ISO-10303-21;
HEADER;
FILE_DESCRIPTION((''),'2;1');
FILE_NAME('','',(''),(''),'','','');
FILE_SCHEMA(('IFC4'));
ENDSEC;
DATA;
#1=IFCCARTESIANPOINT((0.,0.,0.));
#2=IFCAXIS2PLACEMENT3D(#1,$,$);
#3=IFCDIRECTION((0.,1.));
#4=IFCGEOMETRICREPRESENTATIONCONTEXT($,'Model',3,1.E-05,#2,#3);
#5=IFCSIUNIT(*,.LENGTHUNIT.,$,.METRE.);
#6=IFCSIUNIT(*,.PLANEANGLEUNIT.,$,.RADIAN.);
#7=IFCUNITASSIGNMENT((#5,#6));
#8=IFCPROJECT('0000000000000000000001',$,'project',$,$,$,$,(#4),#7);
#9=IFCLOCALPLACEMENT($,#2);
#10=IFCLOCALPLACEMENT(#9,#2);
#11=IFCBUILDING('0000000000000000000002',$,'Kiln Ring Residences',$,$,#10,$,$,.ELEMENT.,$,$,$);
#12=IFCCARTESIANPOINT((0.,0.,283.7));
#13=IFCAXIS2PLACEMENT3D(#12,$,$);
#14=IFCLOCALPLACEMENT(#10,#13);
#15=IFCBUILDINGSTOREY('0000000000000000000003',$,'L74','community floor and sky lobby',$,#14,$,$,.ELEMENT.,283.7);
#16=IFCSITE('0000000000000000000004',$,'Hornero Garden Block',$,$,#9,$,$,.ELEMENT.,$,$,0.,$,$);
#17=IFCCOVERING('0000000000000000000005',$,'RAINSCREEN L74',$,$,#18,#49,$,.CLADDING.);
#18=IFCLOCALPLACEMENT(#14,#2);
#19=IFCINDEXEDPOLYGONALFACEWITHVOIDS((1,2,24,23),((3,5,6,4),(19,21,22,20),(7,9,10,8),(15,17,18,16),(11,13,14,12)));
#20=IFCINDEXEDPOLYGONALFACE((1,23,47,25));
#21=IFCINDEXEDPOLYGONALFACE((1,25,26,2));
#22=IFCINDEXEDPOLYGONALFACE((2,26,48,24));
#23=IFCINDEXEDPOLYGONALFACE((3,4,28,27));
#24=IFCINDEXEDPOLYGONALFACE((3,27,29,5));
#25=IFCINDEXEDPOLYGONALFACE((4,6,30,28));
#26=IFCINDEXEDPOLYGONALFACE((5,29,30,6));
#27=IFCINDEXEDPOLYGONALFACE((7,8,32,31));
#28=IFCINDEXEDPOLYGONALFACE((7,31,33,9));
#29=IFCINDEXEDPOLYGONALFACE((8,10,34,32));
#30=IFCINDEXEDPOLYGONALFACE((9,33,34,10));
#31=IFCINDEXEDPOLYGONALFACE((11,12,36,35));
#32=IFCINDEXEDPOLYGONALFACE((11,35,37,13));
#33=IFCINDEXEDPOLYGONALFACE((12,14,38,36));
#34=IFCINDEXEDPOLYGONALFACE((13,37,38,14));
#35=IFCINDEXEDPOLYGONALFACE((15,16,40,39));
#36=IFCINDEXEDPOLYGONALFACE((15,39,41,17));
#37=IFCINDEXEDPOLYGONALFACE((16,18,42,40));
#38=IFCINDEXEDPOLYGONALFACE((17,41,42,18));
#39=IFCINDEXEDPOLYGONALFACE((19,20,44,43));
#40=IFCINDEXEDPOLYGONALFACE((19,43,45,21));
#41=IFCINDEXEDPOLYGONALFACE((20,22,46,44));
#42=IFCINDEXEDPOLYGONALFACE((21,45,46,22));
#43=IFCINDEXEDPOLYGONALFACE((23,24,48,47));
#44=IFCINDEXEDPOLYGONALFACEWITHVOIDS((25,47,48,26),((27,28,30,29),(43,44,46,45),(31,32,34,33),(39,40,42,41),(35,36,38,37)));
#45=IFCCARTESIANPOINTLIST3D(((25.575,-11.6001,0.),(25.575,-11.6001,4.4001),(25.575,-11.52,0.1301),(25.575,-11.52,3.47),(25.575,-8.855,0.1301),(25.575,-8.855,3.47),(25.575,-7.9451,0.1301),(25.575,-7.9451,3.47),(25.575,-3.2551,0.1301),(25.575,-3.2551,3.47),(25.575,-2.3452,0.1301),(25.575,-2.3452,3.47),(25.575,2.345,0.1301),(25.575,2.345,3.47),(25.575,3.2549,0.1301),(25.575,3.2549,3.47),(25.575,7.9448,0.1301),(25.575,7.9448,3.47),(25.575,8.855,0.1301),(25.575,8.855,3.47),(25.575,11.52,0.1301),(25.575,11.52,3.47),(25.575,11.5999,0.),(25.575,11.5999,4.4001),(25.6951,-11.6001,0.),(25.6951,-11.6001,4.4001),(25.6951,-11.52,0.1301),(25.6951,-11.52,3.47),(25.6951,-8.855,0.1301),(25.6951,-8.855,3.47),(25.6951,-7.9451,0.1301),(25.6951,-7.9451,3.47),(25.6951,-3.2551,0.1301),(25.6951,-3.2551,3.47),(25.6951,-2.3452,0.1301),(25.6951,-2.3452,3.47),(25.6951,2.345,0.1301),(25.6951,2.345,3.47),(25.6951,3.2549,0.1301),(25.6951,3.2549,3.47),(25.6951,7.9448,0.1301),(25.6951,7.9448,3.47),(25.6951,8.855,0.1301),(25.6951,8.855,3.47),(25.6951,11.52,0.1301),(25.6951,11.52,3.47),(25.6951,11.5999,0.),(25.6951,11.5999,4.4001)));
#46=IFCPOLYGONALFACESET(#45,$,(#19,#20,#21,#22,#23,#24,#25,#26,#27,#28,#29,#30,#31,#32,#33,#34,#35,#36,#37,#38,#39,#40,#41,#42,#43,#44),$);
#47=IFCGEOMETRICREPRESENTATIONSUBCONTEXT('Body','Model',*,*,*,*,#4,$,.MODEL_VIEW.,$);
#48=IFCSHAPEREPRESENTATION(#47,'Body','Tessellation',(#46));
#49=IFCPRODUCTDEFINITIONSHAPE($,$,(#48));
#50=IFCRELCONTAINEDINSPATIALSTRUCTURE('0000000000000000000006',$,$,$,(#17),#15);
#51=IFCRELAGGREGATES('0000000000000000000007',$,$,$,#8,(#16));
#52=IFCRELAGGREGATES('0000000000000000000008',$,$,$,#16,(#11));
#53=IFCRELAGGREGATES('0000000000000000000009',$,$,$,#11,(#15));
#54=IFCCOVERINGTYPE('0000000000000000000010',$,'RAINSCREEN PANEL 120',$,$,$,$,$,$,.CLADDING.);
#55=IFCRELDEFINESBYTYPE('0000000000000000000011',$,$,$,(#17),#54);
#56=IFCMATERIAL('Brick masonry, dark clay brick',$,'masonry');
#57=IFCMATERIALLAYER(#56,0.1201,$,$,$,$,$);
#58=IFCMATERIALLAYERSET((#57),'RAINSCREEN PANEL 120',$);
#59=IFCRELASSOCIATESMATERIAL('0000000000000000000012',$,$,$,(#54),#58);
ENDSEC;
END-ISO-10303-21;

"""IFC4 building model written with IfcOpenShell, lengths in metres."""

from ifc_helpers import new_model, si_unit, direction, frame, origin, place, context, subcontext, project, spatial, polyline, outline, extrude, material, layer, layer_set, type_object, element, save


model = new_model("IFC4")

# Units and contexts
model_context = context("Model", 3, precision=1e-05, world=origin(), true_north=direction((0.0, 1.0)))
body_context = subcontext(model_context, "Body", "Model", "MODEL_VIEW")
ifc_project = project(units=[si_unit("LENGTHUNIT", "METRE"), si_unit("PLANEANGLEUNIT", "RADIAN")], contexts=[model_context])

# Site, building, storey
site_placement = place(None, origin())
site = spatial("IfcSite", under=ifc_project, at=site_placement, Name="Hornero Garden Block", CompositionType="ELEMENT", RefElevation=0.0)
building_placement = place(site_placement, origin())
building = spatial("IfcBuilding", under=site, at=building_placement, Name="Kiln Ring Residences", CompositionType="ELEMENT")
storey_placement = place(building_placement, frame((0.0, 0.0, 283.7)))
storey = spatial("IfcBuildingStorey", under=building, at=storey_placement, Name="L74", Description="community floor and sky lobby", CompositionType="ELEMENT", Elevation=283.7)

# Covering
ifc_material_1 = material(Name="Brick masonry, dark clay brick", Category="masonry")
ifc_layer_1 = layer(ifc_material_1, 0.1201)
ifc_layer_set_1 = layer_set([ifc_layer_1], Name="RAINSCREEN PANEL 120")
covering_type = type_object("IfcCoveringType", Name="RAINSCREEN PANEL 120", PredefinedType="CLADDING", material=ifc_layer_set_1)
covering_placement = place(storey_placement, frame((25.635, -11.6001, 0.0), z_axis=(0.0, 0.0, 1.0), x_axis=(0.0, 1.0, 0.0)))
element("IfcCovering", 1, at=covering_placement, inside=storey, type_object=covering_type, Name="RAINSCREEN L74", PredefinedType="CLADDING", context=body_context, shape_type="SweptSolid", body=[
    extrude(outline(polyline([(0.0, 0.0), (23.2, 0.0), (23.2, 4.4001), (0.0, 4.4001), (0.0, 0.0)]), holes=[polyline([(2.7451, 0.1301), (2.7451, 3.47), (0.0801, 3.47), (0.0801, 0.1301), (2.7451, 0.1301)]), polyline([(8.345, 0.1301), (8.345, 3.47), (3.655, 3.47), (3.655, 0.1301), (8.345, 0.1301)]), polyline([(13.9451, 0.1301), (13.9451, 3.47), (9.2549, 3.47), (9.2549, 0.1301), (13.9451, 0.1301)]), polyline([(14.855, 0.1301), (19.5449, 0.1301), (19.5449, 3.47), (14.855, 3.47), (14.855, 0.1301)]), polyline([(20.4551, 0.1301), (23.1201, 0.1301), (23.1201, 3.47), (20.4551, 3.47), (20.4551, 0.1301)])]), frame((0.0, 0.0601, 0.0), z_axis=(0.0, -1.0, 0.0), x_axis=(1.0, 0.0, 0.0)), (0.0, 0.0, 1.0), 0.1201),
])

save(model, "model.ifc")
